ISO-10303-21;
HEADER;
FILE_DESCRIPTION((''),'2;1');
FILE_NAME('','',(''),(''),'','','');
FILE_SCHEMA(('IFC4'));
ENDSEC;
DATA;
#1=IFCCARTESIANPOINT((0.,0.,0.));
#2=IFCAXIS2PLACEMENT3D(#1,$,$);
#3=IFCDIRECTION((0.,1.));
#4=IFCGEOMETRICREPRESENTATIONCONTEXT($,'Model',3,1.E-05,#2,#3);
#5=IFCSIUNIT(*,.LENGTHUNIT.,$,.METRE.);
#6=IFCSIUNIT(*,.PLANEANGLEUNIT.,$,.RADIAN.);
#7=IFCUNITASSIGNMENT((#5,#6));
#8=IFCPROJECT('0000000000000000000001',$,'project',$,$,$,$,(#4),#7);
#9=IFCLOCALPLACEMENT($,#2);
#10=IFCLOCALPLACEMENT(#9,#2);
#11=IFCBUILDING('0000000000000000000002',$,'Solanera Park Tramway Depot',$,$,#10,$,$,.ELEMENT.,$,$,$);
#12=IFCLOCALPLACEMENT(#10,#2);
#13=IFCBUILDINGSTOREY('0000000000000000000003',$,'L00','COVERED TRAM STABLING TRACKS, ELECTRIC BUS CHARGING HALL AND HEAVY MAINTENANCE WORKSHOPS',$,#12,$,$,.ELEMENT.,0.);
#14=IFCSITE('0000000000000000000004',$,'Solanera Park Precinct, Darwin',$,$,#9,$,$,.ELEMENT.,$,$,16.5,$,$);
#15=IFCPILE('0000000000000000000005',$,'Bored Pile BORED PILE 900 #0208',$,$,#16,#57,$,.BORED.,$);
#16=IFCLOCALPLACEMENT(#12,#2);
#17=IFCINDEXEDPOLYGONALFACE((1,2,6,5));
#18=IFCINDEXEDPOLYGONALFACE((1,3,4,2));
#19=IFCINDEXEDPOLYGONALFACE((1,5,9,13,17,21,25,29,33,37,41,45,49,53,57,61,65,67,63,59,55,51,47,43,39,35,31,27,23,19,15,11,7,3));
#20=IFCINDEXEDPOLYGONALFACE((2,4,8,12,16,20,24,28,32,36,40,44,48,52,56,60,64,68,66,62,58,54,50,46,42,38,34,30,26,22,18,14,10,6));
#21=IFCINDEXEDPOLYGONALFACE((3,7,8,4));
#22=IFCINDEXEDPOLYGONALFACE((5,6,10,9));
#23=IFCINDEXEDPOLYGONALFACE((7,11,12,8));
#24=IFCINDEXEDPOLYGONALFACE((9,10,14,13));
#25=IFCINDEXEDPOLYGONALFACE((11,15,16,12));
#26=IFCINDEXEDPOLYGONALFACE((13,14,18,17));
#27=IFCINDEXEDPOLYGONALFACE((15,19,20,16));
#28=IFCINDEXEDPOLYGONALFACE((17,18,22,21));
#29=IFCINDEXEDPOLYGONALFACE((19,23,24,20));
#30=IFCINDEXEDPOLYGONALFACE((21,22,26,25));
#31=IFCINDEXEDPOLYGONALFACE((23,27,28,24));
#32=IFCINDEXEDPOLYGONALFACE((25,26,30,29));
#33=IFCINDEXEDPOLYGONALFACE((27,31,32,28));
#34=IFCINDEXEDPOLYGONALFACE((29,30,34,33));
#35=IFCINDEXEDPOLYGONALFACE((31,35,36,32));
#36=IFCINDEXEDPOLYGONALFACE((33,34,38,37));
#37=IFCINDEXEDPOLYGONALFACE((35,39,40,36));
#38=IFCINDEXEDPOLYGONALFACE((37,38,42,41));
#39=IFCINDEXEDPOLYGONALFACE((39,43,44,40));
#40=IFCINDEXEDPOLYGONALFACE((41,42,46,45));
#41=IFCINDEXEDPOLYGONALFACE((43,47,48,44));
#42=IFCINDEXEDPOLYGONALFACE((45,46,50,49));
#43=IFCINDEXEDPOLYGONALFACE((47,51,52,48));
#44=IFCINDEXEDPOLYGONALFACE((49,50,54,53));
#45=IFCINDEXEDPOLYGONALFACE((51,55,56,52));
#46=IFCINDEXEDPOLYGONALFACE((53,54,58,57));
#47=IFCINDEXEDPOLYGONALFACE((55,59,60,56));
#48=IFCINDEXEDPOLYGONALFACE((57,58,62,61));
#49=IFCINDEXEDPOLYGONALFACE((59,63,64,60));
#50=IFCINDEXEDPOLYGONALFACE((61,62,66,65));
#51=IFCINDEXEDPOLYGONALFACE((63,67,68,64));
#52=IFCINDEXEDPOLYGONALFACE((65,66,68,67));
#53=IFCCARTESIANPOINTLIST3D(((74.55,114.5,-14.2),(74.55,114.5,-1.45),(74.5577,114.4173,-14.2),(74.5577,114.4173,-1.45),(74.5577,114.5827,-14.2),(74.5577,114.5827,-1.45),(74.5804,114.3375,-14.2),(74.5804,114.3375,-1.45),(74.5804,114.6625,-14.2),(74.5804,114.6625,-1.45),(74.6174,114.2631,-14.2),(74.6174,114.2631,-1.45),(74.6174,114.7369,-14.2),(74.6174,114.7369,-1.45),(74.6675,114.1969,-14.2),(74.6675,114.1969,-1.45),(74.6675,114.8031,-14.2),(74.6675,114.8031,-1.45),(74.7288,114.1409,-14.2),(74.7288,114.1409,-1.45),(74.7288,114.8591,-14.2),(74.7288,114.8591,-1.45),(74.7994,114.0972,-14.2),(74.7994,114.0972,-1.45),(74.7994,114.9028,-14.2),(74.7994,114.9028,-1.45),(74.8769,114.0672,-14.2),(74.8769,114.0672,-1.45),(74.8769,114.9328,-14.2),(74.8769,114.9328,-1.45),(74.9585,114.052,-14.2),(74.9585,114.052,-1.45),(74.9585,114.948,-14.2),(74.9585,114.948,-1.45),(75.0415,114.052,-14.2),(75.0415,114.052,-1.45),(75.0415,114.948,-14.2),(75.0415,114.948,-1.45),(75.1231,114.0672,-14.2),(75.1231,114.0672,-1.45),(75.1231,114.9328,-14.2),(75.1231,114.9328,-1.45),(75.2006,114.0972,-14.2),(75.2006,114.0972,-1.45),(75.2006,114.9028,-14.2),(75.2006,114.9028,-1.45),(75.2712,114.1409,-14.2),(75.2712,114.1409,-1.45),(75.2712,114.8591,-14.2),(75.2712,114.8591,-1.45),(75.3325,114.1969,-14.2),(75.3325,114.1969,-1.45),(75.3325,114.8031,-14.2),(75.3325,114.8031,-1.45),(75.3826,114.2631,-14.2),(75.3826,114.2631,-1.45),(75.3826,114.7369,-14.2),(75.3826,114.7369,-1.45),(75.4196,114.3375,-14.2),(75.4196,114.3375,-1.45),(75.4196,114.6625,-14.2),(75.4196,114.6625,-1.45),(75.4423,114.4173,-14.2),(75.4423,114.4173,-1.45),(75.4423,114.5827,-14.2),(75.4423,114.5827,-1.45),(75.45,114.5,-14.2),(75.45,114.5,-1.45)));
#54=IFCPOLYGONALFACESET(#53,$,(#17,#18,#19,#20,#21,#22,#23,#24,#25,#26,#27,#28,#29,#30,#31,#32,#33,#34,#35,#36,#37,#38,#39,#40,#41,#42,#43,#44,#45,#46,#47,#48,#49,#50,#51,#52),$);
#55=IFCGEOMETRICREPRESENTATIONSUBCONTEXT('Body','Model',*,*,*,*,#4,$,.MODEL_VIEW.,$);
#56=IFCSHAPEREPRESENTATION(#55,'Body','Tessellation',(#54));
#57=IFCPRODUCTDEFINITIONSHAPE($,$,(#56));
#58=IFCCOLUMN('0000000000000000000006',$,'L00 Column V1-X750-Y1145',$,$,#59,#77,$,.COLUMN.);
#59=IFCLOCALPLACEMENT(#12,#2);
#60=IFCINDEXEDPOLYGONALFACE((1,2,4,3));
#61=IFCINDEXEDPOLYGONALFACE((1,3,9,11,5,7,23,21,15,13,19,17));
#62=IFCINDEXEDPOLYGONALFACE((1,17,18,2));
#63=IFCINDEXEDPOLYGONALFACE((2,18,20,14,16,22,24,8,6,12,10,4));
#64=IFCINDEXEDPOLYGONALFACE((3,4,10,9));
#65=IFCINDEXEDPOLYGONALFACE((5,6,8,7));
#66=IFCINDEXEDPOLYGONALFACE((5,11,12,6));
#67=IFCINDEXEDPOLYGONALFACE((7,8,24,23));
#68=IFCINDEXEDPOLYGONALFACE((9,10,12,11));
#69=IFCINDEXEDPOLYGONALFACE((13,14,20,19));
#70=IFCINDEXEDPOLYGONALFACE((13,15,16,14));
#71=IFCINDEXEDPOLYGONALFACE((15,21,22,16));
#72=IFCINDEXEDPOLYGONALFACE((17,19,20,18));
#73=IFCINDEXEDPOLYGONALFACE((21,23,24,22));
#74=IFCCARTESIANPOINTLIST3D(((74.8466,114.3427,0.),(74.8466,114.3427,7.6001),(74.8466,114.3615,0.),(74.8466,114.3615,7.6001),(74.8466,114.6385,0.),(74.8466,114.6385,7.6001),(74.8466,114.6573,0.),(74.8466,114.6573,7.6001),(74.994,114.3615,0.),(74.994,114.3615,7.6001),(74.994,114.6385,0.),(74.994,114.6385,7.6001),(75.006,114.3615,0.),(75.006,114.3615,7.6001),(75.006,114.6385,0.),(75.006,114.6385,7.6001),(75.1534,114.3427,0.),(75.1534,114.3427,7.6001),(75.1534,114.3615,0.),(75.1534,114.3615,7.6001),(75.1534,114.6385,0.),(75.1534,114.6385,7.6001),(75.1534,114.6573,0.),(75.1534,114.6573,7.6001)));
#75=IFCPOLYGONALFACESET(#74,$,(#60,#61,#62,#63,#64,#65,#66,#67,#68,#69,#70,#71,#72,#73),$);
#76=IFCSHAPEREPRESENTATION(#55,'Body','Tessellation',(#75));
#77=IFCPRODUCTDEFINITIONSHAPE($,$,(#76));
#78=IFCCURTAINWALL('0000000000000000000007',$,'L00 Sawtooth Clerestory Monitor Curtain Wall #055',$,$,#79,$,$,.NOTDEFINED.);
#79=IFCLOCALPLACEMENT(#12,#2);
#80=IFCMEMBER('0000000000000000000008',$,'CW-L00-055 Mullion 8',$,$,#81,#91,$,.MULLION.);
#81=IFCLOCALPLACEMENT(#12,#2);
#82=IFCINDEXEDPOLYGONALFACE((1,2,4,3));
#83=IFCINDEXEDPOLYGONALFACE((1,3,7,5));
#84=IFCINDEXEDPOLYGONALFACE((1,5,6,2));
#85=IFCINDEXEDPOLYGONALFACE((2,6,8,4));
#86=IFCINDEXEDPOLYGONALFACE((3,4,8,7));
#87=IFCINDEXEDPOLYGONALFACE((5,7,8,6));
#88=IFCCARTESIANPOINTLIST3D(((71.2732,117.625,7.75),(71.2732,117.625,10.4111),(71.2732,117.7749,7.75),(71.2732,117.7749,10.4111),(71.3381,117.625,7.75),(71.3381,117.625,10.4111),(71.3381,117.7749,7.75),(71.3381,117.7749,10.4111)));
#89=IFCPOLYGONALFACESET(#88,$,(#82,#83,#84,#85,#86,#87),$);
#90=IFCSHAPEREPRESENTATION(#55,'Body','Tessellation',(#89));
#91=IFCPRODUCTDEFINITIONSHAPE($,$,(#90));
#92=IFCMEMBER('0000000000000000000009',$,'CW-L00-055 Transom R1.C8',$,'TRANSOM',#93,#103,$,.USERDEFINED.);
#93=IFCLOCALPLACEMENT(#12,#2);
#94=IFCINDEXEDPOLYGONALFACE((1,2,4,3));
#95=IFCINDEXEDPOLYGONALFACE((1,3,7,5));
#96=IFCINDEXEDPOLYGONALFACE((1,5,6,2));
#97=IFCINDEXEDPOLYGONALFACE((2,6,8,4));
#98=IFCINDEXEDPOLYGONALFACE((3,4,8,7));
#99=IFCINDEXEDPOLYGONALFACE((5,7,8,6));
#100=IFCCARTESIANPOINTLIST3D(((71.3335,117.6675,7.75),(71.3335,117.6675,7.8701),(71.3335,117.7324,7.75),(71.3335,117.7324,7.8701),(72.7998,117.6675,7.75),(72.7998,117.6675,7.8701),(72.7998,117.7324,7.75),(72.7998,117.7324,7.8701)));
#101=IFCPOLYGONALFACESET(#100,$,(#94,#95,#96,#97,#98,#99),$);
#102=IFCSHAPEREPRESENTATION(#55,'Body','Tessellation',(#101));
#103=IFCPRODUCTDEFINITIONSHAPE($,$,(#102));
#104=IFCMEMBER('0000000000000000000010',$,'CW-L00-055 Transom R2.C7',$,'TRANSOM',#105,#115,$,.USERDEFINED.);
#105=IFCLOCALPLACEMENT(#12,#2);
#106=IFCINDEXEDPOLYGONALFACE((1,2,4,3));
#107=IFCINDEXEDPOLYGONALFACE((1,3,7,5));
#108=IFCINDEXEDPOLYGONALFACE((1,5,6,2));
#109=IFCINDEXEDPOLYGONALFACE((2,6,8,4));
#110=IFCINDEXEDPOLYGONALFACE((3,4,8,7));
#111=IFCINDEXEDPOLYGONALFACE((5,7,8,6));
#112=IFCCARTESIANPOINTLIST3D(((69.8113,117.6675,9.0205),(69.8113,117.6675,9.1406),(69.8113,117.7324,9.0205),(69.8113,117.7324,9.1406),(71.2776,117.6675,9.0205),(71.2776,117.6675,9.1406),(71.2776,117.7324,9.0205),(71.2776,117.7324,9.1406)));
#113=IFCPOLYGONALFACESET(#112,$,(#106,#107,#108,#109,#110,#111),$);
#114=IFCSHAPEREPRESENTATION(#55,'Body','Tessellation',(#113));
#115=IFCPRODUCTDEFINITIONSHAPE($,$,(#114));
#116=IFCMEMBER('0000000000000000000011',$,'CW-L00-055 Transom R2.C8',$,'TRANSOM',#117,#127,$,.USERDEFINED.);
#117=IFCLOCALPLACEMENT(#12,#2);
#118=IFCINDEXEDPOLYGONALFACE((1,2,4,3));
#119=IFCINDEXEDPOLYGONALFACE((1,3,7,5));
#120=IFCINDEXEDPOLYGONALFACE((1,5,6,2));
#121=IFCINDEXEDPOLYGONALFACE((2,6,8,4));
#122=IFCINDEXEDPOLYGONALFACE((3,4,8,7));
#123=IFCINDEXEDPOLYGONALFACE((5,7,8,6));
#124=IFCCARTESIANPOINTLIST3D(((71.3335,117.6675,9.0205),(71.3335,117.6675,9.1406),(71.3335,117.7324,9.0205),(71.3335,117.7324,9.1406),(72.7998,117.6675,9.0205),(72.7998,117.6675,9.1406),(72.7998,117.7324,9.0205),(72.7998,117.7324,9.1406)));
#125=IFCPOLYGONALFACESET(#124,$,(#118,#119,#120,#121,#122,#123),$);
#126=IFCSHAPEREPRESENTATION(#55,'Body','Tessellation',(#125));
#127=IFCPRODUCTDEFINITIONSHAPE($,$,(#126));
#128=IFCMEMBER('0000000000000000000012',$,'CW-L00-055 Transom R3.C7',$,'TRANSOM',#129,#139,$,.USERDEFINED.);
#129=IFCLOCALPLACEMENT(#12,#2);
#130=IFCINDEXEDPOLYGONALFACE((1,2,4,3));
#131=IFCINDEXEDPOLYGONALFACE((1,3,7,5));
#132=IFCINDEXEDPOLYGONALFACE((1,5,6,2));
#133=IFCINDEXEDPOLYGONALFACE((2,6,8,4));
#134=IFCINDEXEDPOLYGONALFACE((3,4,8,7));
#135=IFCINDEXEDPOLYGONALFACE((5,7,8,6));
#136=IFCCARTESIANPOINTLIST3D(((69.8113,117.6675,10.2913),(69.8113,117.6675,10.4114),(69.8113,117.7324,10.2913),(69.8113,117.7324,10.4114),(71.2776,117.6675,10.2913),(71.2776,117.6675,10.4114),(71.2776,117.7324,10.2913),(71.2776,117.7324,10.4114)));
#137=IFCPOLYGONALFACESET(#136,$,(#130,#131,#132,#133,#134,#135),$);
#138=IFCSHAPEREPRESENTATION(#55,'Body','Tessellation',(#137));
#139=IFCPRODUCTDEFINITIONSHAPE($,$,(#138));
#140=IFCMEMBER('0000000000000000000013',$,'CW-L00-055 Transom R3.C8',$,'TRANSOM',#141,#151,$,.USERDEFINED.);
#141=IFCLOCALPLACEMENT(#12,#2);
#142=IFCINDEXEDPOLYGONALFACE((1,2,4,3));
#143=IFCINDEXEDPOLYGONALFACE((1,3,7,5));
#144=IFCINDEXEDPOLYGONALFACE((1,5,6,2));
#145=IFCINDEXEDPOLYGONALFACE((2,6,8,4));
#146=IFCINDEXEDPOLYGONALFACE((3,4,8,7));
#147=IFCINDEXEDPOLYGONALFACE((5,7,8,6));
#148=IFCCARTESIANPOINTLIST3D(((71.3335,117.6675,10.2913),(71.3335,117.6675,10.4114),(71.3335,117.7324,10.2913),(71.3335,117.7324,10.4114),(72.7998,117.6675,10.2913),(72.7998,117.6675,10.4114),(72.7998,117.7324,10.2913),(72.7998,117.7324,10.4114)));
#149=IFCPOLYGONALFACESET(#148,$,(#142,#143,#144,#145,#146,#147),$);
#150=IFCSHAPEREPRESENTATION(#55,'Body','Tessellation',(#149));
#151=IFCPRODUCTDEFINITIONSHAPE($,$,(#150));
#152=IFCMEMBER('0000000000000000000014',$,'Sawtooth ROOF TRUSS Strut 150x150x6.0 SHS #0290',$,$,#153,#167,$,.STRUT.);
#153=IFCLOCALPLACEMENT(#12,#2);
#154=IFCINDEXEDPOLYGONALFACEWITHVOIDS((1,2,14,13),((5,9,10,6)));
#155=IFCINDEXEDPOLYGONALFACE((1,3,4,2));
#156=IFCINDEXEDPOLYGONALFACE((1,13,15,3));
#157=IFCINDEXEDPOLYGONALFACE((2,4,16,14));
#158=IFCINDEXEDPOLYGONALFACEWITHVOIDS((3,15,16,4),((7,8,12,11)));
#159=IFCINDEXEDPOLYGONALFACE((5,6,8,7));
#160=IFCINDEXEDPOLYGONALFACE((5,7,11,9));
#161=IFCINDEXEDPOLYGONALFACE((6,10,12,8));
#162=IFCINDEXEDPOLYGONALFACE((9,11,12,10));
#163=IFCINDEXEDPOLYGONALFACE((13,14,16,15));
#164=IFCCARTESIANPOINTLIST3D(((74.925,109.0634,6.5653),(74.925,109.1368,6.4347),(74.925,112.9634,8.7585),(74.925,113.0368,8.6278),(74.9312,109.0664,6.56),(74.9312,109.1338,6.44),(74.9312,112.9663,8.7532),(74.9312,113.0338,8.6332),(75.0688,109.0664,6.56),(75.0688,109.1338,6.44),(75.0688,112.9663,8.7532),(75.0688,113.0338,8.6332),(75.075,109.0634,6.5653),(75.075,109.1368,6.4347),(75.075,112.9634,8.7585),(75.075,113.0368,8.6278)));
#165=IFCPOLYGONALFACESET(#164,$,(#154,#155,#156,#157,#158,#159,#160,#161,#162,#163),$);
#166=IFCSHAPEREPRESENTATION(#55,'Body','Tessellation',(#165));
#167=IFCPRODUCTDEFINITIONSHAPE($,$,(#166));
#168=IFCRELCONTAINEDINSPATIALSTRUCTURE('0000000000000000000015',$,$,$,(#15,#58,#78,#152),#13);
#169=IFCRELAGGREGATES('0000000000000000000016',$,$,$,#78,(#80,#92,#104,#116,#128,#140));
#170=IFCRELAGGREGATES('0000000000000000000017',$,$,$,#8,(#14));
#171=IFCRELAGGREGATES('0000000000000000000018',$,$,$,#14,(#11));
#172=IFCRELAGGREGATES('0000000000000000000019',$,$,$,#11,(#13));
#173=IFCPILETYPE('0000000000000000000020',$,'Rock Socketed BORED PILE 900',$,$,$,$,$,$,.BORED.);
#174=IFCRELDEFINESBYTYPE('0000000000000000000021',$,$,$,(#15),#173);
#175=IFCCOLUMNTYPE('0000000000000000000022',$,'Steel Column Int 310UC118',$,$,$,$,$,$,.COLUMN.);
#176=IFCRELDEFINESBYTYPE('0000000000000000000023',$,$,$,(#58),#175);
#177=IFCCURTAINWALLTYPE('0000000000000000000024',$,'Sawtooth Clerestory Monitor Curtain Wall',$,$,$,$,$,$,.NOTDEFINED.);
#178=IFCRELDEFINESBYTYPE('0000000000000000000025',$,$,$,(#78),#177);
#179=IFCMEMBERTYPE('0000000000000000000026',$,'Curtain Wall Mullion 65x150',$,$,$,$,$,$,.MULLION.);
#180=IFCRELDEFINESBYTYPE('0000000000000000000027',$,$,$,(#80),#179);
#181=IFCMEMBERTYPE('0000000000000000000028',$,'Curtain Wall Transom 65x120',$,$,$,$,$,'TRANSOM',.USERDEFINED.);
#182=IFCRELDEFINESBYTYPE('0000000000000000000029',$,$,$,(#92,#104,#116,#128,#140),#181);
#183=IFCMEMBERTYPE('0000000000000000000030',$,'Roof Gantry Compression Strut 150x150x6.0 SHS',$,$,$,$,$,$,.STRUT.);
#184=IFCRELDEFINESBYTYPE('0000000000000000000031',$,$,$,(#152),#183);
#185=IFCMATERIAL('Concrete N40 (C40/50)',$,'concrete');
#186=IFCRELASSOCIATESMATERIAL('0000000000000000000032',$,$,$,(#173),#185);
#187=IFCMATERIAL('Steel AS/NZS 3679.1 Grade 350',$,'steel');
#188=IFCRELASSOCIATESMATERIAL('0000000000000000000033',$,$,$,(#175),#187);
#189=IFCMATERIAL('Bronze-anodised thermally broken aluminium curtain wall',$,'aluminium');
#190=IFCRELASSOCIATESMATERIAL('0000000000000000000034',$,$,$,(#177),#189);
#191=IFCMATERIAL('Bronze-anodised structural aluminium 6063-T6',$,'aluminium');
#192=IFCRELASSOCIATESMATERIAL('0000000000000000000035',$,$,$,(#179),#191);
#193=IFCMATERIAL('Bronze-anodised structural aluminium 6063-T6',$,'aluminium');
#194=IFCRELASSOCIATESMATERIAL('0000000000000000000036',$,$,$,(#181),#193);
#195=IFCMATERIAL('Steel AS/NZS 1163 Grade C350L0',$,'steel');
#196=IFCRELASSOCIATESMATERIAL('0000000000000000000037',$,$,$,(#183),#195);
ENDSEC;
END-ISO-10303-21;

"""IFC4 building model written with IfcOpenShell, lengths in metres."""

from ifc_helpers import new_model, si_unit, direction, frame, origin, origin_2d, place, context, subcontext, project, spatial, rectangle, hollow_rectangle, circle, i_section, extrude, material, material_profile, profile_set, type_object, element, aggregate, save


model = new_model("IFC4")

# Units and contexts
model_context = context("Model", 3, precision=1e-05, world=origin(), true_north=direction((0.0, 1.0)))
body_context = subcontext(model_context, "Body", "Model", "MODEL_VIEW")
ifc_project = project(units=[si_unit("LENGTHUNIT", "METRE"), si_unit("PLANEANGLEUNIT", "RADIAN")], contexts=[model_context])

# Site, building, storey
site_placement = place(None, origin())
site = spatial("IfcSite", under=ifc_project, at=site_placement, Name="Solanera Park Precinct, Darwin", CompositionType="ELEMENT", RefElevation=16.5)
building_placement = place(site_placement, origin())
building = spatial("IfcBuilding", under=site, at=building_placement, Name="Solanera Park Tramway Depot", CompositionType="ELEMENT")
storey_placement = place(building_placement, origin())
storey = spatial("IfcBuildingStorey", under=building, at=storey_placement, Name="L00", Description="COVERED TRAM STABLING TRACKS, ELECTRIC BUS CHARGING HALL AND HEAVY MAINTENANCE WORKSHOPS", CompositionType="ELEMENT", Elevation=0.0)

# Pile
ifc_material_1 = material(Name="Concrete N40 (C40/50)", Category="concrete")
ifc_material_profile_1 = material_profile(ifc_material_1, circle(Radius=0.45, at=origin_2d()), Name="BORED PILE 900")
ifc_profile_set_1 = profile_set([ifc_material_profile_1], Name="Concrete N40 (C40/50)")
pile_type = type_object("IfcPileType", Name="Rock Socketed BORED PILE 900", PredefinedType="BORED", material=ifc_profile_set_1)
pile_placement = place(storey_placement, frame((75.0, 114.5, -1.45), z_axis=(0.0, 0.0, -1.0), x_axis=(1.0, 0.0, 0.0)))
element("IfcPile", 1, at=pile_placement, inside=storey, type_object=pile_type, Name="Bored Pile BORED PILE 900 #0208", PredefinedType="BORED", context=body_context, shape_type="SweptSolid", body=[
    extrude(circle(Radius=0.45, at=origin_2d()), origin(), (0.0, 0.0, 1.0), 12.75),
])

# Column
ifc_material_2 = material(Name="Steel AS/NZS 3679.1 Grade 350", Category="steel")
ifc_material_profile_2 = material_profile(ifc_material_2, i_section(OverallWidth=0.3069, OverallDepth=0.3147, WebThickness=0.012, FlangeThickness=0.0188, at=origin_2d()), Name="310UC118")
ifc_profile_set_2 = profile_set([ifc_material_profile_2], Name="Steel AS/NZS 3679.1 Grade 350")
column_type = type_object("IfcColumnType", Name="Steel Column Int 310UC118", PredefinedType="COLUMN", material=ifc_profile_set_2)
column_placement = place(storey_placement, frame((75.0, 114.5, 0.0), z_axis=(0.0, 0.0, 1.0), x_axis=(1.0, 0.0, 0.0)))
element("IfcColumn", 2, at=column_placement, inside=storey, type_object=column_type, Name="L00 Column V1-X750-Y1145", PredefinedType="COLUMN", context=body_context, shape_type="SweptSolid", body=[
    extrude(i_section(OverallWidth=0.3069, OverallDepth=0.3147, WebThickness=0.012, FlangeThickness=0.0188, at=origin_2d()), origin(), (0.0, 0.0, 1.0), 7.6001),
])

# Curtain wall, members
ifc_material_3 = material(Name="Bronze-anodised thermally broken aluminium curtain wall", Category="aluminium")
curtain_wall_type = type_object("IfcCurtainWallType", Name="Sawtooth Clerestory Monitor Curtain Wall", PredefinedType="NOTDEFINED", material=ifc_material_3)
curtain_wall_placement = place(storey_placement, origin())
curtain_wall = element("IfcCurtainWall", 3, at=curtain_wall_placement, inside=storey, type_object=curtain_wall_type, Name="L00 Sawtooth Clerestory Monitor Curtain Wall #055", PredefinedType="NOTDEFINED")
ifc_material_4 = material(Name="Bronze-anodised structural aluminium 6063-T6", Category="aluminium")
ifc_material_profile_3 = material_profile(ifc_material_4, rectangle(XDim=0.0649, YDim=0.1499, at=origin_2d()), Name="Curtain Wall Mullion 65x150")
ifc_profile_set_3 = profile_set([ifc_material_profile_3], Name="Bronze-anodised structural aluminium 6063-T6")
member_type_1 = type_object("IfcMemberType", Name="Curtain Wall Mullion 65x150", PredefinedType="MULLION", material=ifc_profile_set_3)
member_1_placement = place(storey_placement, frame((71.3057, 117.7, 7.75), z_axis=(0.0, 0.0, 1.0), x_axis=(1.0, 0.0, 0.0)))
member_1 = element("IfcMember", 4, at=member_1_placement, type_object=member_type_1, Name="CW-L00-055 Mullion 8", PredefinedType="MULLION", context=body_context, shape_type="SweptSolid", body=[
    extrude(rectangle(XDim=0.0649, YDim=0.1499, at=origin_2d()), origin(), (0.0, 0.0, 1.0), 2.6611),
])
ifc_material_5 = material(Name="Bronze-anodised structural aluminium 6063-T6", Category="aluminium")
ifc_material_profile_4 = material_profile(ifc_material_5, rectangle(XDim=0.0649, YDim=0.1201, at=origin_2d()), Name="Curtain Wall Transom 65x120")
ifc_profile_set_4 = profile_set([ifc_material_profile_4], Name="Bronze-anodised structural aluminium 6063-T6")
member_type_2 = type_object("IfcMemberType", Name="Curtain Wall Transom 65x120", ElementType="TRANSOM", PredefinedType="USERDEFINED", material=ifc_profile_set_4)
member_2_placement = place(storey_placement, frame((71.3335, 117.7, 7.8101), z_axis=(1.0, 0.0, 0.0), x_axis=(0.0, 1.0, 0.0)))
member_2 = element("IfcMember", 5, at=member_2_placement, type_object=member_type_2, Name="CW-L00-055 Transom R1.C8", ObjectType="TRANSOM", PredefinedType="USERDEFINED", context=body_context, shape_type="SweptSolid", body=[
    extrude(rectangle(XDim=0.0649, YDim=0.1201, at=origin_2d()), origin(), (0.0, 0.0, 1.0), 1.4663),
])
member_3_placement = place(storey_placement, frame((69.8113, 117.7, 9.0806), z_axis=(1.0, 0.0, 0.0), x_axis=(0.0, 1.0, 0.0)))
member_3 = element("IfcMember", 6, at=member_3_placement, type_object=member_type_2, Name="CW-L00-055 Transom R2.C7", ObjectType="TRANSOM", PredefinedType="USERDEFINED", context=body_context, shape_type="SweptSolid", body=[
    extrude(rectangle(XDim=0.0649, YDim=0.1201, at=origin_2d()), origin(), (0.0, 0.0, 1.0), 1.4663),
])
member_4_placement = place(storey_placement, frame((71.3335, 117.7, 9.0806), z_axis=(1.0, 0.0, 0.0), x_axis=(0.0, 1.0, 0.0)))
member_4 = element("IfcMember", 7, at=member_4_placement, type_object=member_type_2, Name="CW-L00-055 Transom R2.C8", ObjectType="TRANSOM", PredefinedType="USERDEFINED", context=body_context, shape_type="SweptSolid", body=[
    extrude(rectangle(XDim=0.0649, YDim=0.1201, at=origin_2d()), origin(), (0.0, 0.0, 1.0), 1.4663),
])
member_5_placement = place(storey_placement, frame((69.8113, 117.7, 10.3513), z_axis=(1.0, 0.0, 0.0), x_axis=(0.0, 1.0, 0.0)))
member_5 = element("IfcMember", 8, at=member_5_placement, type_object=member_type_2, Name="CW-L00-055 Transom R3.C7", ObjectType="TRANSOM", PredefinedType="USERDEFINED", context=body_context, shape_type="SweptSolid", body=[
    extrude(rectangle(XDim=0.0649, YDim=0.1201, at=origin_2d()), origin(), (0.0, 0.0, 1.0), 1.4663),
])
member_6_placement = place(storey_placement, frame((71.3335, 117.7, 10.3513), z_axis=(1.0, 0.0, 0.0), x_axis=(0.0, 1.0, 0.0)))
member_6 = element("IfcMember", 9, at=member_6_placement, type_object=member_type_2, Name="CW-L00-055 Transom R3.C8", ObjectType="TRANSOM", PredefinedType="USERDEFINED", context=body_context, shape_type="SweptSolid", body=[
    extrude(rectangle(XDim=0.0649, YDim=0.1201, at=origin_2d()), origin(), (0.0, 0.0, 1.0), 1.4663),
])

# Member
ifc_material_6 = material(Name="Steel AS/NZS 1163 Grade C350L0", Category="steel")
ifc_material_profile_5 = material_profile(ifc_material_6, hollow_rectangle(XDim=0.1499, YDim=0.1499, WallThickness=0.0061, at=origin_2d()), Name="150x150x6.0 SHS")
ifc_profile_set_5 = profile_set([ifc_material_profile_5], Name="Steel AS/NZS 1163 Grade C350L0")
member_type_3 = type_object("IfcMemberType", Name="Roof Gantry Compression Strut 150x150x6.0 SHS", PredefinedType="STRUT", material=ifc_profile_set_5)
member_7_placement = place(storey_placement, frame((75.0, 109.1001, 6.5), z_axis=(0.0, 0.871631, 0.490163), x_axis=(-1.0, 0.0, 0.0)))
element("IfcMember", 10, at=member_7_placement, inside=storey, type_object=member_type_3, Name="Sawtooth ROOF TRUSS Strut 150x150x6.0 SHS #0290", PredefinedType="STRUT", context=body_context, shape_type="SweptSolid", body=[
    extrude(hollow_rectangle(XDim=0.1499, YDim=0.1499, WallThickness=0.0061, at=origin_2d()), origin(), (0.0, 0.0, 1.0), 4.4744),
])

aggregate(curtain_wall, [member_1, member_2, member_3, member_4, member_5, member_6])

save(model, "model.ifc")
